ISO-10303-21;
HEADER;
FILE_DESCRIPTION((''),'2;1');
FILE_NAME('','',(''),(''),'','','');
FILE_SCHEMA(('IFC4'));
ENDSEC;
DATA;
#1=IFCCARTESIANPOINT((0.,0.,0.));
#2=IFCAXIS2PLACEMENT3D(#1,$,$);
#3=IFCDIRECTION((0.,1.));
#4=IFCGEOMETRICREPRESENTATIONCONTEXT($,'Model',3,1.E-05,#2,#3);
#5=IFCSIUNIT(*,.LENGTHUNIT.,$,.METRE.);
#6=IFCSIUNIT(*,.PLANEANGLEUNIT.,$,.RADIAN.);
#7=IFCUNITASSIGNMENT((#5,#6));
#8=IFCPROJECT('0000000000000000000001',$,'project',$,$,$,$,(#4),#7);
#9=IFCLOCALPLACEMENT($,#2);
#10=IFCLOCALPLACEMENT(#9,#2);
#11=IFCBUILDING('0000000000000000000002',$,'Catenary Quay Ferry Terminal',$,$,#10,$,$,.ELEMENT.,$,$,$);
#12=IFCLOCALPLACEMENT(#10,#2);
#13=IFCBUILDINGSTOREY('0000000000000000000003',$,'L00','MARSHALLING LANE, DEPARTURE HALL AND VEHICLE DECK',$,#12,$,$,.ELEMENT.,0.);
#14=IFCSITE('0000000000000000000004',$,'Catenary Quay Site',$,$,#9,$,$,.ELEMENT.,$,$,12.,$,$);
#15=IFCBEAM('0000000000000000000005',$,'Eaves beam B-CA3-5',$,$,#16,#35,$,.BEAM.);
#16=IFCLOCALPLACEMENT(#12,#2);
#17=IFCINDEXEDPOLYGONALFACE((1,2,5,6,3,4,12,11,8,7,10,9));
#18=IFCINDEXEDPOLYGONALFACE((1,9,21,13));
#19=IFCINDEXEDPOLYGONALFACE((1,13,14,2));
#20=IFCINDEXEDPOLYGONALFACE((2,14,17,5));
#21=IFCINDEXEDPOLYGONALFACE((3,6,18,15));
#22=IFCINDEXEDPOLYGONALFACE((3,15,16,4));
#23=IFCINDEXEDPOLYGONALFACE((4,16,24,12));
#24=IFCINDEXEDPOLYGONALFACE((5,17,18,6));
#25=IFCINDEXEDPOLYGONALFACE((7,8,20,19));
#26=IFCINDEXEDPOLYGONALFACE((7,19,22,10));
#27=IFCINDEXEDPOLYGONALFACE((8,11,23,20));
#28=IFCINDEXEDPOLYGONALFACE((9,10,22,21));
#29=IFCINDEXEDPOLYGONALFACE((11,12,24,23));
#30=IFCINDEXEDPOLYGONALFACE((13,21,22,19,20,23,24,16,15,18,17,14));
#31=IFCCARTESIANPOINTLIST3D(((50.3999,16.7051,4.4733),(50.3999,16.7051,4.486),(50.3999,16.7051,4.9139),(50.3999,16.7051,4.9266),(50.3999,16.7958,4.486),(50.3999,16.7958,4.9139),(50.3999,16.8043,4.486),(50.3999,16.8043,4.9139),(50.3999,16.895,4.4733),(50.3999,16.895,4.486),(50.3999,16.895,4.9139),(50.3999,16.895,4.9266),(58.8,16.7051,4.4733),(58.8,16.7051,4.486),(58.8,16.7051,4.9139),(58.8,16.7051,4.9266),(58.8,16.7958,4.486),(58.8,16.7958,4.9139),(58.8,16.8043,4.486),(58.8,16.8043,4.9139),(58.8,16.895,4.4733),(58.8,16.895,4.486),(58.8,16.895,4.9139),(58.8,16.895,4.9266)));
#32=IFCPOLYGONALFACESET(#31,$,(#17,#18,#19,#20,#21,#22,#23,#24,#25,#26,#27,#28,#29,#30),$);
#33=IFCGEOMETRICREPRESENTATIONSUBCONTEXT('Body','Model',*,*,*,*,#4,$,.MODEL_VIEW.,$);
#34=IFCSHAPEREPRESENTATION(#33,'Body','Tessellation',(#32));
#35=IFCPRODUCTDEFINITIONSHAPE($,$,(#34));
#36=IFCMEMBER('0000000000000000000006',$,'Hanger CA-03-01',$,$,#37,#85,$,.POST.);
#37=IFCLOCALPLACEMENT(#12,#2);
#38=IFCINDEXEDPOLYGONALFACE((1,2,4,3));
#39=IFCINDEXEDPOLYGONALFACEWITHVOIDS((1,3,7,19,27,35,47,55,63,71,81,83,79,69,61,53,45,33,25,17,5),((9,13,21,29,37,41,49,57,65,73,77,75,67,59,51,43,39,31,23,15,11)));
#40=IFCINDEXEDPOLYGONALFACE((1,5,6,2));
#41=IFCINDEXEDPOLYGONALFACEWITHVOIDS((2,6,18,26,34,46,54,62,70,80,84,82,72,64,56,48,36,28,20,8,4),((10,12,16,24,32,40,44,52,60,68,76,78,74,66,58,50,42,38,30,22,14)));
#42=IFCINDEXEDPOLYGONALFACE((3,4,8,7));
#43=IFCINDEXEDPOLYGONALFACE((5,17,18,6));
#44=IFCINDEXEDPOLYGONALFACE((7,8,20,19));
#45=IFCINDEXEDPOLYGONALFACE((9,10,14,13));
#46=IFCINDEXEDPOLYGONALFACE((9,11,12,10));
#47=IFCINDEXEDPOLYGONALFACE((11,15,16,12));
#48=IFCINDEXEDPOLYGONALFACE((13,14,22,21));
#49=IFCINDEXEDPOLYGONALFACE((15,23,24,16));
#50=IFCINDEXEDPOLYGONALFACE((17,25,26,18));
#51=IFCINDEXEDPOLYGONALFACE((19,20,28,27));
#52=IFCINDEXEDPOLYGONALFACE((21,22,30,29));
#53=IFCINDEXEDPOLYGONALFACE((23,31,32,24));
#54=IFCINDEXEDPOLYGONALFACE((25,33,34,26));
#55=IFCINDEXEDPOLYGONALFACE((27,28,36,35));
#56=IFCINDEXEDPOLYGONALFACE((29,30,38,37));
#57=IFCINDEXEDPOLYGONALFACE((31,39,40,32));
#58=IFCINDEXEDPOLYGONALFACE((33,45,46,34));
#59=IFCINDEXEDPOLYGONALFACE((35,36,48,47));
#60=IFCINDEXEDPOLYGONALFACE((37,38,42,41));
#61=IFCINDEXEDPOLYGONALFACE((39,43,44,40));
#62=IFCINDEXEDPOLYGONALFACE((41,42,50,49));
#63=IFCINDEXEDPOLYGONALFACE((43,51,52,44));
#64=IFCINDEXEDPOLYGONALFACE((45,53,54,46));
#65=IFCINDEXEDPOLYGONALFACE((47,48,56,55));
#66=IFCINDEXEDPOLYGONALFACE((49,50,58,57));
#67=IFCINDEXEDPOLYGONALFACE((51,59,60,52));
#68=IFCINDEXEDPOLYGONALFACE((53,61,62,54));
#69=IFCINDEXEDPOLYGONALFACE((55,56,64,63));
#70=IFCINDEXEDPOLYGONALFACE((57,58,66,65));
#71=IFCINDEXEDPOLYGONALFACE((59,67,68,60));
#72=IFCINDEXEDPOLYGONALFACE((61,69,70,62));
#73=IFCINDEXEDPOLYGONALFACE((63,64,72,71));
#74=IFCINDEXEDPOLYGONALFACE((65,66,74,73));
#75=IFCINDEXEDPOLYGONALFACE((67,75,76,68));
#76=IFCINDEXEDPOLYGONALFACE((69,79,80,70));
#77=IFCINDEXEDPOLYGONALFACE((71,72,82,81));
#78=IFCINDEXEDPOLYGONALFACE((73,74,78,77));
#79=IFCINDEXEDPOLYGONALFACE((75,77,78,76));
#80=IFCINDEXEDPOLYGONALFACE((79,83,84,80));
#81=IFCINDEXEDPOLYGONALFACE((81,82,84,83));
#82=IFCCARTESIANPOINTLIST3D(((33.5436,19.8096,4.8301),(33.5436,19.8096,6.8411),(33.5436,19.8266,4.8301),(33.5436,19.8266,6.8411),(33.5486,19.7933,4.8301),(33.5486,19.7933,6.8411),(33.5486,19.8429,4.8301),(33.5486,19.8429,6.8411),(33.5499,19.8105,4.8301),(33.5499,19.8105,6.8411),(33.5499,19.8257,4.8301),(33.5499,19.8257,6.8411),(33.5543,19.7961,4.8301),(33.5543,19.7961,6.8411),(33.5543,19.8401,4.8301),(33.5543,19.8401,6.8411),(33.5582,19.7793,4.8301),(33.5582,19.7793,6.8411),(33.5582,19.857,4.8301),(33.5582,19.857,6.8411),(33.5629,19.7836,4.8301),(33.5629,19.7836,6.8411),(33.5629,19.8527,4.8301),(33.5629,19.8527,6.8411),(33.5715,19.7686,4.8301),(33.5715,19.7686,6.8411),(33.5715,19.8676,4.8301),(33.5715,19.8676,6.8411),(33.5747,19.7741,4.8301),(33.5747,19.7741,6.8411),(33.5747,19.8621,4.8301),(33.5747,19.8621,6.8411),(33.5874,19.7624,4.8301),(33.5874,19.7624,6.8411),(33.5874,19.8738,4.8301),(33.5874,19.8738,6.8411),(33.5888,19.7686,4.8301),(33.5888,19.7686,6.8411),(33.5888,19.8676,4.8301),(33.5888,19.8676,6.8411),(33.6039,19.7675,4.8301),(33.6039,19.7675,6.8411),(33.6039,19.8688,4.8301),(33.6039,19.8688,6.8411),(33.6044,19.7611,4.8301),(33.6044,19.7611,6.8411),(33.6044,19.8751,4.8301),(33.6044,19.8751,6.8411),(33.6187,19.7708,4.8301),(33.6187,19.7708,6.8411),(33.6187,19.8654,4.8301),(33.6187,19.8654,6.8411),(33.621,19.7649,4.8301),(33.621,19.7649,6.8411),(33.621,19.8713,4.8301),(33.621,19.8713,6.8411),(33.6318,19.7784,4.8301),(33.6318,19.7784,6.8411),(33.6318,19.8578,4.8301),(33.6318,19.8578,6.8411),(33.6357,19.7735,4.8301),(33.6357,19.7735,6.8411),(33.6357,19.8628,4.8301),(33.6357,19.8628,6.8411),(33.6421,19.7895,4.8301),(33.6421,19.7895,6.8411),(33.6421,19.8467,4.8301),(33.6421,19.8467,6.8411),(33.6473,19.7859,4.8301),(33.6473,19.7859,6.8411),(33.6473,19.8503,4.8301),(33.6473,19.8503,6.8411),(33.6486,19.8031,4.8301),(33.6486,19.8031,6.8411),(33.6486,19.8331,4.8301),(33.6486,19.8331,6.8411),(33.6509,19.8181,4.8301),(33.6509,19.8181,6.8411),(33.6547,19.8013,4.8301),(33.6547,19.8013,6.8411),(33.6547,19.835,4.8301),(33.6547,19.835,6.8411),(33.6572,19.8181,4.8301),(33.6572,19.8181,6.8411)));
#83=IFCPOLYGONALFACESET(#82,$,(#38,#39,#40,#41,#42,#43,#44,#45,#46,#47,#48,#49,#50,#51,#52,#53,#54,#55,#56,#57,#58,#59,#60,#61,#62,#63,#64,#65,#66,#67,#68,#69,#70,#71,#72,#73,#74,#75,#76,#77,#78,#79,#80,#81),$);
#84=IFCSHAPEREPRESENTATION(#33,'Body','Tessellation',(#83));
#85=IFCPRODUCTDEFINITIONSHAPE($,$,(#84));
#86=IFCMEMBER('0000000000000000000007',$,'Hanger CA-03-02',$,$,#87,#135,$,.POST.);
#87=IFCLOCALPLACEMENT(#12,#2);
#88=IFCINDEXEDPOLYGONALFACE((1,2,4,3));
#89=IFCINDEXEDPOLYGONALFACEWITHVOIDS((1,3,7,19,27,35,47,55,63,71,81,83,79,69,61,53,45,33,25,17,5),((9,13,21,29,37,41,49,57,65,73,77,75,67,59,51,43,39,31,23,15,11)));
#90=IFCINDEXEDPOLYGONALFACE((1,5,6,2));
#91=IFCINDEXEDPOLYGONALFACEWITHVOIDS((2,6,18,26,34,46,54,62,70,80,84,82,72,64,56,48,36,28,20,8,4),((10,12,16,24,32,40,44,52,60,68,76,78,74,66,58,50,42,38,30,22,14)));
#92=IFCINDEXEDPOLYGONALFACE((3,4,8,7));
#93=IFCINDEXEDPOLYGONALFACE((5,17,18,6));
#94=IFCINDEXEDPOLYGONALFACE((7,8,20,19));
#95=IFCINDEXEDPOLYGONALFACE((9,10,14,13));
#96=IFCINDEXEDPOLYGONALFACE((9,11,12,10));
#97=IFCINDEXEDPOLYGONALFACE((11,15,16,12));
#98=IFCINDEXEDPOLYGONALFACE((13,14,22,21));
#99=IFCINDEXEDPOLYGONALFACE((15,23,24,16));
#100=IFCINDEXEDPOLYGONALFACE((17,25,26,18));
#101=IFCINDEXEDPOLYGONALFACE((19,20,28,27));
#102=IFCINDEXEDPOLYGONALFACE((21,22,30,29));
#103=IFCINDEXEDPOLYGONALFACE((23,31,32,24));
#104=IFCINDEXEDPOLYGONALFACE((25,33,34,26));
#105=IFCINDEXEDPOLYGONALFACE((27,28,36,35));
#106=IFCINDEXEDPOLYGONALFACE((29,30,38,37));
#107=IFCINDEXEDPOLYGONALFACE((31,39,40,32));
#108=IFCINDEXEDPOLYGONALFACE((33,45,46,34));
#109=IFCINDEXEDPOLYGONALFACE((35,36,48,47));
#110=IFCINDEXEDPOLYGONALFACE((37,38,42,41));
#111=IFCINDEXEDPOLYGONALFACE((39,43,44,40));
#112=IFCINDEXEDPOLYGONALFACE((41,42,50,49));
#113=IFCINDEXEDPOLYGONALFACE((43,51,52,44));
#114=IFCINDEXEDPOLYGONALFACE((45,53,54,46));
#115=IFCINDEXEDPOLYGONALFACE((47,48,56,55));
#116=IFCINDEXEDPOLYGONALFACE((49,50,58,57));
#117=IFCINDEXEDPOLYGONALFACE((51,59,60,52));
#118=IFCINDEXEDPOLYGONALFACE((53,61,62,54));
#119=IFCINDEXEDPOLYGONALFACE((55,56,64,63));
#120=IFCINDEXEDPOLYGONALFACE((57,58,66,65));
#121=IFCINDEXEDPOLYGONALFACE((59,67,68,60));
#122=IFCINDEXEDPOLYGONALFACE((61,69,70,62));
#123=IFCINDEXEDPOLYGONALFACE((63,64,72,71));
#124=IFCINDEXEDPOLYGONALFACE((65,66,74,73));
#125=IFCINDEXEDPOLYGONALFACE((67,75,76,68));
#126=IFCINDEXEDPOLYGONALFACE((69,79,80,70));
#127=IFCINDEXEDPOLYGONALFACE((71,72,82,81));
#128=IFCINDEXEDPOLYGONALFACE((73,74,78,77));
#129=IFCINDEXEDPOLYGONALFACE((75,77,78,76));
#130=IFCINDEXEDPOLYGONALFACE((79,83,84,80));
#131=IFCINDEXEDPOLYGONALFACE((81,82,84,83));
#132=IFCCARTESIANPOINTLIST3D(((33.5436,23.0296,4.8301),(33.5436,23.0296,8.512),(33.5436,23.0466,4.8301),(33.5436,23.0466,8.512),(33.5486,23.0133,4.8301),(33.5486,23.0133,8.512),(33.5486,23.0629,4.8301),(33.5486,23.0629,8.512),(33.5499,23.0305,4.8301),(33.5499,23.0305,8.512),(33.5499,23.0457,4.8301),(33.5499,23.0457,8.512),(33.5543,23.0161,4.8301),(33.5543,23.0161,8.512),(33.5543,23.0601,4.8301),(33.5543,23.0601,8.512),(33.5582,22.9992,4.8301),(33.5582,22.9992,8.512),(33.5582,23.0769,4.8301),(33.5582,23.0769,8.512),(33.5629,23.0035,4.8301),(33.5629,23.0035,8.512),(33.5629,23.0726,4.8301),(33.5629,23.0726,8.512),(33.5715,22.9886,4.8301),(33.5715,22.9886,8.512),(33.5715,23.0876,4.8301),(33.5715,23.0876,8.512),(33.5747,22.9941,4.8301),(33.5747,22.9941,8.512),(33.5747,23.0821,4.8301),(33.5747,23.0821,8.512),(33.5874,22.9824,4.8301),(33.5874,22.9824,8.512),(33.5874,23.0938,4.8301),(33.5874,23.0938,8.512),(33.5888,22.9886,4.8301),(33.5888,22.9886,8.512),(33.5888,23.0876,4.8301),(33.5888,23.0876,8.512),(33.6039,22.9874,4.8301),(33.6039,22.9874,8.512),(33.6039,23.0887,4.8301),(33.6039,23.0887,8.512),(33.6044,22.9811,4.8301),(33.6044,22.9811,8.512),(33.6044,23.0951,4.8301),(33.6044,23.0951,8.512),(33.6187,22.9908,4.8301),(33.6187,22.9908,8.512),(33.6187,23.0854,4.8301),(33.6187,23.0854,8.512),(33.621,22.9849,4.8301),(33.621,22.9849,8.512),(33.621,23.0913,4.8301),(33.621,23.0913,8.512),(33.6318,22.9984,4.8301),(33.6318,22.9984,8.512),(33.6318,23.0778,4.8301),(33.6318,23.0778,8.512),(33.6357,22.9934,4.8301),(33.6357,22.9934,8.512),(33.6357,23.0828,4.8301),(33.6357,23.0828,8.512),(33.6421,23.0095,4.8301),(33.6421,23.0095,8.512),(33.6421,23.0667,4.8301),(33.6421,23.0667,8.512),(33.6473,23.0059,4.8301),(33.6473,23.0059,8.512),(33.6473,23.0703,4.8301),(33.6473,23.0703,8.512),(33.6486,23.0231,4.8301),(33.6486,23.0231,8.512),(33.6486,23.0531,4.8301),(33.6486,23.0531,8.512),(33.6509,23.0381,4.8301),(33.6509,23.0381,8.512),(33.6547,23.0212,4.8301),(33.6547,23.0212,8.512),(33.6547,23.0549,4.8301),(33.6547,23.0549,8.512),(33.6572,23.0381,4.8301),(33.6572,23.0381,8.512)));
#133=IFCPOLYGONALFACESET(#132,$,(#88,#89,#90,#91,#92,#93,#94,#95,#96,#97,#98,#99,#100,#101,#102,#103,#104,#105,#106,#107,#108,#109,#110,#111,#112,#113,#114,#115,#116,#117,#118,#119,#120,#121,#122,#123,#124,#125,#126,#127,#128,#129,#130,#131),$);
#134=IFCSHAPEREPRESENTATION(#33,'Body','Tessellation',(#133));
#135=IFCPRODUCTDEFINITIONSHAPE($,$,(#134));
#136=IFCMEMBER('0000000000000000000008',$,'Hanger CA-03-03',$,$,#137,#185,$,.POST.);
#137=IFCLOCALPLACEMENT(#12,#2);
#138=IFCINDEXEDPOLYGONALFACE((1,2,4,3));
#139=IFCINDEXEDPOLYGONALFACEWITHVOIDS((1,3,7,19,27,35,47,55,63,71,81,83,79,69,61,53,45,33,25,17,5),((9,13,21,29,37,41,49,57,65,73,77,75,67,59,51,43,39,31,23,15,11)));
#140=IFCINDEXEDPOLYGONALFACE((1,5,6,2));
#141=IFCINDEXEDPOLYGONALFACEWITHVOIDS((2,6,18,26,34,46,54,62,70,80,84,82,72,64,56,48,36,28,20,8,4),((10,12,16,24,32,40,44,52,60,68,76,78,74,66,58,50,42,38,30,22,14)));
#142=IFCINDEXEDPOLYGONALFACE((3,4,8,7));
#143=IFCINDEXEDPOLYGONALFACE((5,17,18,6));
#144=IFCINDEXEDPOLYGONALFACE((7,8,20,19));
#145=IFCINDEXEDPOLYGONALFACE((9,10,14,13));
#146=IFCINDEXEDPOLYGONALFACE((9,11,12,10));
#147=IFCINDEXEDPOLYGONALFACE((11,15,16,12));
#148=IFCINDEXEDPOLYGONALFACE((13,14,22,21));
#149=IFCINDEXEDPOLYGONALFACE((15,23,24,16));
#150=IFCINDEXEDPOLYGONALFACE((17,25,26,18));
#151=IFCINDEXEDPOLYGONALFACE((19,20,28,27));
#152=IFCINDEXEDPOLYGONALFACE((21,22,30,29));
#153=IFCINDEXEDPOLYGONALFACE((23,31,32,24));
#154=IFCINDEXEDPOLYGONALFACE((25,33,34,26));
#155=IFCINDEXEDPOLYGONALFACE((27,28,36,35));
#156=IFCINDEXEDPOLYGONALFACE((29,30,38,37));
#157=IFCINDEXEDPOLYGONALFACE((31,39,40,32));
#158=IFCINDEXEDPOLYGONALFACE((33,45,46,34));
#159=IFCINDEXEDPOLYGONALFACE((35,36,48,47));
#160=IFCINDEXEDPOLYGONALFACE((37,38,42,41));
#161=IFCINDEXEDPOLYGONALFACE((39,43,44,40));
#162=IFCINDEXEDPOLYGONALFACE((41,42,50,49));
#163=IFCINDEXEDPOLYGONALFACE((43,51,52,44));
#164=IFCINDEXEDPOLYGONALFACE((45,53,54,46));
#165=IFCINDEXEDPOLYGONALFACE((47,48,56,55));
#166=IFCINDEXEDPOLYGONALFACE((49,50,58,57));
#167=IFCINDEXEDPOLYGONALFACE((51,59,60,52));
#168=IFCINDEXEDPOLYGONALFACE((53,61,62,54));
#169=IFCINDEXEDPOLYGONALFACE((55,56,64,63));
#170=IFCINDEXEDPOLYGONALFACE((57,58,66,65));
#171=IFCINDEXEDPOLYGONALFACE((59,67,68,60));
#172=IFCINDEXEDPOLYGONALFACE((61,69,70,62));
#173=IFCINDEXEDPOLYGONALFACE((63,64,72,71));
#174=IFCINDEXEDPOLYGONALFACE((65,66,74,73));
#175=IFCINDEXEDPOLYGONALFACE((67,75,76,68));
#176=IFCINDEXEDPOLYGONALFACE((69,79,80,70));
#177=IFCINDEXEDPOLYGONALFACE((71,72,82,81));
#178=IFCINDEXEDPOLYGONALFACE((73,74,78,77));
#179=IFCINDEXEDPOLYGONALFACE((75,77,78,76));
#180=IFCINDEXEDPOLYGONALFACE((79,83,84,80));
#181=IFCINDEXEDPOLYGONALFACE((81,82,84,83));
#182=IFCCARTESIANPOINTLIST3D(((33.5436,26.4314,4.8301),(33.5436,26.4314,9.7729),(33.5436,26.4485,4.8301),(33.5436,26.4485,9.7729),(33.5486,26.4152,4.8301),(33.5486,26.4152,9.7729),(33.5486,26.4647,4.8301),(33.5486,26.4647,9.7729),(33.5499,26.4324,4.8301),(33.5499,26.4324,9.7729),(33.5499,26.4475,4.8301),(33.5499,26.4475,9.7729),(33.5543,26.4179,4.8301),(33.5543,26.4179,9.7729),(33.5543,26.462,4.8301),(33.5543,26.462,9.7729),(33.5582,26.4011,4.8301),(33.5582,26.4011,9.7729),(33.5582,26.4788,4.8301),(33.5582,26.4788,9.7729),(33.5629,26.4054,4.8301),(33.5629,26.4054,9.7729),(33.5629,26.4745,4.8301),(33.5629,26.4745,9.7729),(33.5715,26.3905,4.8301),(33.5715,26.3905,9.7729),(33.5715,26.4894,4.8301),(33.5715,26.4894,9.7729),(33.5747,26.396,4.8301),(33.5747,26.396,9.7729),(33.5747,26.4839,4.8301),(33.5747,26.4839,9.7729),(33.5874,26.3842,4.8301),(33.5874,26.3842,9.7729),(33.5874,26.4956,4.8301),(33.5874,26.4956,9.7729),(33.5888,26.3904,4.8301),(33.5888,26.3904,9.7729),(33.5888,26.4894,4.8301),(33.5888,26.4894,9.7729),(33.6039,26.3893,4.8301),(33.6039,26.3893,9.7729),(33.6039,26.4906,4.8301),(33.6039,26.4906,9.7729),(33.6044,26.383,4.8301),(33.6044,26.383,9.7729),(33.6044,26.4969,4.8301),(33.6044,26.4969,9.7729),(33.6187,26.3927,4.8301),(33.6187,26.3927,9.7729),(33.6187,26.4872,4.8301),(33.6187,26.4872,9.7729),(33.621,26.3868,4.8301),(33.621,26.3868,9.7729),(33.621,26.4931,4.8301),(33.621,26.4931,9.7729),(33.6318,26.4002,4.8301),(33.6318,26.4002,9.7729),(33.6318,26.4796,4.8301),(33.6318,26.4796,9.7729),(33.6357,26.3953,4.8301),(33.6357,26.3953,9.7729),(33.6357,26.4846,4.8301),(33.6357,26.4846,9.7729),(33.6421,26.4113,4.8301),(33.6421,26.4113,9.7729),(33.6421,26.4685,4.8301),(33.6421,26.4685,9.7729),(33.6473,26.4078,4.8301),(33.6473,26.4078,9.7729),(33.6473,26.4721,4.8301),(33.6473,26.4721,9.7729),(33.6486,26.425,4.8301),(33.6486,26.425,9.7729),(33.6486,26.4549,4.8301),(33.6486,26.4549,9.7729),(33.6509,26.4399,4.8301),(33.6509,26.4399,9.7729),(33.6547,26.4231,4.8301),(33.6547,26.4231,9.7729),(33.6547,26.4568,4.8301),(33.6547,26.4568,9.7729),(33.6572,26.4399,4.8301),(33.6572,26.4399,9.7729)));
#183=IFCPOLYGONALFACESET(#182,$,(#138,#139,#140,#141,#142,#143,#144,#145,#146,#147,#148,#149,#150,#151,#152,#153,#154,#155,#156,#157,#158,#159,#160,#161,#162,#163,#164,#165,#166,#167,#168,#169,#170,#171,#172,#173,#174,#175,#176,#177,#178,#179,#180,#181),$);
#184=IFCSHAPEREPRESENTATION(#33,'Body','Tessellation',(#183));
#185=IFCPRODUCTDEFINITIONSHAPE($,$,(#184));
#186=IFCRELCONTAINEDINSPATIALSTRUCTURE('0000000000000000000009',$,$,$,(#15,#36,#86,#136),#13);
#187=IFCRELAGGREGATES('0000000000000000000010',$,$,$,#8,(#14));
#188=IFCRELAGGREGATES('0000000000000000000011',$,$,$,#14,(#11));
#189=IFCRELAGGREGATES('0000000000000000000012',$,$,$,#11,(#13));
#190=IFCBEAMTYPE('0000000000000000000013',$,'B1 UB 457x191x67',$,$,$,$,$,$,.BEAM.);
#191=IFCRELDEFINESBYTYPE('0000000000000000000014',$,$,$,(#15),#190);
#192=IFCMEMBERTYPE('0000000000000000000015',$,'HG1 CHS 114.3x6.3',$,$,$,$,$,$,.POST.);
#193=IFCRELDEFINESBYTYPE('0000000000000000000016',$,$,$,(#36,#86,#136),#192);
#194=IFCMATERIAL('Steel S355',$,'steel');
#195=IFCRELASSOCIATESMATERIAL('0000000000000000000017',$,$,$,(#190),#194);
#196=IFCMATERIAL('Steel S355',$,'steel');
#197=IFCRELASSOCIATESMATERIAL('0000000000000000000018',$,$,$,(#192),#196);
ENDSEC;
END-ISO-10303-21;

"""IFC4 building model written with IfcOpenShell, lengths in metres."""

from ifc_helpers import new_model, si_unit, direction, frame, origin, origin_2d, place, context, subcontext, project, spatial, hollow_circle, i_section, extrude, material, material_profile, profile_set, type_object, element, save


model = new_model("IFC4")

# Units and contexts
model_context = context("Model", 3, precision=1e-05, world=origin(), true_north=direction((0.0, 1.0)))
body_context = subcontext(model_context, "Body", "Model", "MODEL_VIEW")
ifc_project = project(units=[si_unit("LENGTHUNIT", "METRE"), si_unit("PLANEANGLEUNIT", "RADIAN")], contexts=[model_context])

# Site, building, storey
site_placement = place(None, origin())
site = spatial("IfcSite", under=ifc_project, at=site_placement, Name="Catenary Quay Site", CompositionType="ELEMENT", RefElevation=12.0)
building_placement = place(site_placement, origin())
building = spatial("IfcBuilding", under=site, at=building_placement, Name="Catenary Quay Ferry Terminal", CompositionType="ELEMENT")
storey_placement = place(building_placement, origin())
storey = spatial("IfcBuildingStorey", under=building, at=storey_placement, Name="L00", Description="MARSHALLING LANE, DEPARTURE HALL AND VEHICLE DECK", CompositionType="ELEMENT", Elevation=0.0)

# Beam
ifc_material_1 = material(Name="Steel S355", Category="steel")
ifc_material_profile_1 = material_profile(ifc_material_1, i_section(OverallWidth=0.1899, OverallDepth=0.4534, WebThickness=0.0085, FlangeThickness=0.0127, at=origin_2d()), Name="UB 457x191x67")
ifc_profile_set_1 = profile_set([ifc_material_profile_1], Name="Steel S355")
beam_type_1 = type_object("IfcBeamType", Name="B1 UB 457x191x67", PredefinedType="BEAM", material=ifc_profile_set_1)
beam_1_placement = place(storey_placement, frame((50.3999, 16.8, 4.7), z_axis=(1.0, 0.0, 0.0), x_axis=(0.0, 1.0, 0.0)))
element("IfcBeam", 1, at=beam_1_placement, inside=storey, type_object=beam_type_1, Name="Eaves beam B-CA3-5", PredefinedType="BEAM", context=body_context, shape_type="SweptSolid", body=[
    extrude(i_section(OverallWidth=0.1899, OverallDepth=0.4534, WebThickness=0.0085, FlangeThickness=0.0127, at=origin_2d()), origin(), (0.0, 0.0, 1.0), 8.4001),
])

# Members
ifc_material_2 = material(Name="Steel S355", Category="steel")
ifc_material_profile_2 = material_profile(ifc_material_2, hollow_circle(Radius=0.0571, WallThickness=0.0063, at=origin_2d()), Name="CHS 114.3x6.3")
ifc_profile_set_2 = profile_set([ifc_material_profile_2], Name="Steel S355")
member_type_1 = type_object("IfcMemberType", Name="HG1 CHS 114.3x6.3", PredefinedType="POST", material=ifc_profile_set_2)
member_1_placement = place(storey_placement, frame((33.6001, 19.8181, 4.8301), z_axis=(0.0, 0.0, 1.0), x_axis=(1.0, 0.0, 0.0)))
element("IfcMember", 2, at=member_1_placement, inside=storey, type_object=member_type_1, Name="Hanger CA-03-01", PredefinedType="POST", context=body_context, shape_type="SweptSolid", body=[
    extrude(hollow_circle(Radius=0.0571, WallThickness=0.0063, at=origin_2d()), origin(), (0.0, 0.0, 1.0), 2.011),
])
member_2_placement = place(storey_placement, frame((33.6001, 23.0381, 4.8301), z_axis=(0.0, 0.0, 1.0), x_axis=(1.0, 0.0, 0.0)))
element("IfcMember", 3, at=member_2_placement, inside=storey, type_object=member_type_1, Name="Hanger CA-03-02", PredefinedType="POST", context=body_context, shape_type="SweptSolid", body=[
    extrude(hollow_circle(Radius=0.0571, WallThickness=0.0063, at=origin_2d()), origin(), (0.0, 0.0, 1.0), 3.6819),
])
member_3_placement = place(storey_placement, frame((33.6001, 26.4399, 4.8301), z_axis=(0.0, 0.0, 1.0), x_axis=(1.0, 0.0, 0.0)))
element("IfcMember", 4, at=member_3_placement, inside=storey, type_object=member_type_1, Name="Hanger CA-03-03", PredefinedType="POST", context=body_context, shape_type="SweptSolid", body=[
    extrude(hollow_circle(Radius=0.0571, WallThickness=0.0063, at=origin_2d()), origin(), (0.0, 0.0, 1.0), 4.9429),
])

save(model, "model.ifc")
